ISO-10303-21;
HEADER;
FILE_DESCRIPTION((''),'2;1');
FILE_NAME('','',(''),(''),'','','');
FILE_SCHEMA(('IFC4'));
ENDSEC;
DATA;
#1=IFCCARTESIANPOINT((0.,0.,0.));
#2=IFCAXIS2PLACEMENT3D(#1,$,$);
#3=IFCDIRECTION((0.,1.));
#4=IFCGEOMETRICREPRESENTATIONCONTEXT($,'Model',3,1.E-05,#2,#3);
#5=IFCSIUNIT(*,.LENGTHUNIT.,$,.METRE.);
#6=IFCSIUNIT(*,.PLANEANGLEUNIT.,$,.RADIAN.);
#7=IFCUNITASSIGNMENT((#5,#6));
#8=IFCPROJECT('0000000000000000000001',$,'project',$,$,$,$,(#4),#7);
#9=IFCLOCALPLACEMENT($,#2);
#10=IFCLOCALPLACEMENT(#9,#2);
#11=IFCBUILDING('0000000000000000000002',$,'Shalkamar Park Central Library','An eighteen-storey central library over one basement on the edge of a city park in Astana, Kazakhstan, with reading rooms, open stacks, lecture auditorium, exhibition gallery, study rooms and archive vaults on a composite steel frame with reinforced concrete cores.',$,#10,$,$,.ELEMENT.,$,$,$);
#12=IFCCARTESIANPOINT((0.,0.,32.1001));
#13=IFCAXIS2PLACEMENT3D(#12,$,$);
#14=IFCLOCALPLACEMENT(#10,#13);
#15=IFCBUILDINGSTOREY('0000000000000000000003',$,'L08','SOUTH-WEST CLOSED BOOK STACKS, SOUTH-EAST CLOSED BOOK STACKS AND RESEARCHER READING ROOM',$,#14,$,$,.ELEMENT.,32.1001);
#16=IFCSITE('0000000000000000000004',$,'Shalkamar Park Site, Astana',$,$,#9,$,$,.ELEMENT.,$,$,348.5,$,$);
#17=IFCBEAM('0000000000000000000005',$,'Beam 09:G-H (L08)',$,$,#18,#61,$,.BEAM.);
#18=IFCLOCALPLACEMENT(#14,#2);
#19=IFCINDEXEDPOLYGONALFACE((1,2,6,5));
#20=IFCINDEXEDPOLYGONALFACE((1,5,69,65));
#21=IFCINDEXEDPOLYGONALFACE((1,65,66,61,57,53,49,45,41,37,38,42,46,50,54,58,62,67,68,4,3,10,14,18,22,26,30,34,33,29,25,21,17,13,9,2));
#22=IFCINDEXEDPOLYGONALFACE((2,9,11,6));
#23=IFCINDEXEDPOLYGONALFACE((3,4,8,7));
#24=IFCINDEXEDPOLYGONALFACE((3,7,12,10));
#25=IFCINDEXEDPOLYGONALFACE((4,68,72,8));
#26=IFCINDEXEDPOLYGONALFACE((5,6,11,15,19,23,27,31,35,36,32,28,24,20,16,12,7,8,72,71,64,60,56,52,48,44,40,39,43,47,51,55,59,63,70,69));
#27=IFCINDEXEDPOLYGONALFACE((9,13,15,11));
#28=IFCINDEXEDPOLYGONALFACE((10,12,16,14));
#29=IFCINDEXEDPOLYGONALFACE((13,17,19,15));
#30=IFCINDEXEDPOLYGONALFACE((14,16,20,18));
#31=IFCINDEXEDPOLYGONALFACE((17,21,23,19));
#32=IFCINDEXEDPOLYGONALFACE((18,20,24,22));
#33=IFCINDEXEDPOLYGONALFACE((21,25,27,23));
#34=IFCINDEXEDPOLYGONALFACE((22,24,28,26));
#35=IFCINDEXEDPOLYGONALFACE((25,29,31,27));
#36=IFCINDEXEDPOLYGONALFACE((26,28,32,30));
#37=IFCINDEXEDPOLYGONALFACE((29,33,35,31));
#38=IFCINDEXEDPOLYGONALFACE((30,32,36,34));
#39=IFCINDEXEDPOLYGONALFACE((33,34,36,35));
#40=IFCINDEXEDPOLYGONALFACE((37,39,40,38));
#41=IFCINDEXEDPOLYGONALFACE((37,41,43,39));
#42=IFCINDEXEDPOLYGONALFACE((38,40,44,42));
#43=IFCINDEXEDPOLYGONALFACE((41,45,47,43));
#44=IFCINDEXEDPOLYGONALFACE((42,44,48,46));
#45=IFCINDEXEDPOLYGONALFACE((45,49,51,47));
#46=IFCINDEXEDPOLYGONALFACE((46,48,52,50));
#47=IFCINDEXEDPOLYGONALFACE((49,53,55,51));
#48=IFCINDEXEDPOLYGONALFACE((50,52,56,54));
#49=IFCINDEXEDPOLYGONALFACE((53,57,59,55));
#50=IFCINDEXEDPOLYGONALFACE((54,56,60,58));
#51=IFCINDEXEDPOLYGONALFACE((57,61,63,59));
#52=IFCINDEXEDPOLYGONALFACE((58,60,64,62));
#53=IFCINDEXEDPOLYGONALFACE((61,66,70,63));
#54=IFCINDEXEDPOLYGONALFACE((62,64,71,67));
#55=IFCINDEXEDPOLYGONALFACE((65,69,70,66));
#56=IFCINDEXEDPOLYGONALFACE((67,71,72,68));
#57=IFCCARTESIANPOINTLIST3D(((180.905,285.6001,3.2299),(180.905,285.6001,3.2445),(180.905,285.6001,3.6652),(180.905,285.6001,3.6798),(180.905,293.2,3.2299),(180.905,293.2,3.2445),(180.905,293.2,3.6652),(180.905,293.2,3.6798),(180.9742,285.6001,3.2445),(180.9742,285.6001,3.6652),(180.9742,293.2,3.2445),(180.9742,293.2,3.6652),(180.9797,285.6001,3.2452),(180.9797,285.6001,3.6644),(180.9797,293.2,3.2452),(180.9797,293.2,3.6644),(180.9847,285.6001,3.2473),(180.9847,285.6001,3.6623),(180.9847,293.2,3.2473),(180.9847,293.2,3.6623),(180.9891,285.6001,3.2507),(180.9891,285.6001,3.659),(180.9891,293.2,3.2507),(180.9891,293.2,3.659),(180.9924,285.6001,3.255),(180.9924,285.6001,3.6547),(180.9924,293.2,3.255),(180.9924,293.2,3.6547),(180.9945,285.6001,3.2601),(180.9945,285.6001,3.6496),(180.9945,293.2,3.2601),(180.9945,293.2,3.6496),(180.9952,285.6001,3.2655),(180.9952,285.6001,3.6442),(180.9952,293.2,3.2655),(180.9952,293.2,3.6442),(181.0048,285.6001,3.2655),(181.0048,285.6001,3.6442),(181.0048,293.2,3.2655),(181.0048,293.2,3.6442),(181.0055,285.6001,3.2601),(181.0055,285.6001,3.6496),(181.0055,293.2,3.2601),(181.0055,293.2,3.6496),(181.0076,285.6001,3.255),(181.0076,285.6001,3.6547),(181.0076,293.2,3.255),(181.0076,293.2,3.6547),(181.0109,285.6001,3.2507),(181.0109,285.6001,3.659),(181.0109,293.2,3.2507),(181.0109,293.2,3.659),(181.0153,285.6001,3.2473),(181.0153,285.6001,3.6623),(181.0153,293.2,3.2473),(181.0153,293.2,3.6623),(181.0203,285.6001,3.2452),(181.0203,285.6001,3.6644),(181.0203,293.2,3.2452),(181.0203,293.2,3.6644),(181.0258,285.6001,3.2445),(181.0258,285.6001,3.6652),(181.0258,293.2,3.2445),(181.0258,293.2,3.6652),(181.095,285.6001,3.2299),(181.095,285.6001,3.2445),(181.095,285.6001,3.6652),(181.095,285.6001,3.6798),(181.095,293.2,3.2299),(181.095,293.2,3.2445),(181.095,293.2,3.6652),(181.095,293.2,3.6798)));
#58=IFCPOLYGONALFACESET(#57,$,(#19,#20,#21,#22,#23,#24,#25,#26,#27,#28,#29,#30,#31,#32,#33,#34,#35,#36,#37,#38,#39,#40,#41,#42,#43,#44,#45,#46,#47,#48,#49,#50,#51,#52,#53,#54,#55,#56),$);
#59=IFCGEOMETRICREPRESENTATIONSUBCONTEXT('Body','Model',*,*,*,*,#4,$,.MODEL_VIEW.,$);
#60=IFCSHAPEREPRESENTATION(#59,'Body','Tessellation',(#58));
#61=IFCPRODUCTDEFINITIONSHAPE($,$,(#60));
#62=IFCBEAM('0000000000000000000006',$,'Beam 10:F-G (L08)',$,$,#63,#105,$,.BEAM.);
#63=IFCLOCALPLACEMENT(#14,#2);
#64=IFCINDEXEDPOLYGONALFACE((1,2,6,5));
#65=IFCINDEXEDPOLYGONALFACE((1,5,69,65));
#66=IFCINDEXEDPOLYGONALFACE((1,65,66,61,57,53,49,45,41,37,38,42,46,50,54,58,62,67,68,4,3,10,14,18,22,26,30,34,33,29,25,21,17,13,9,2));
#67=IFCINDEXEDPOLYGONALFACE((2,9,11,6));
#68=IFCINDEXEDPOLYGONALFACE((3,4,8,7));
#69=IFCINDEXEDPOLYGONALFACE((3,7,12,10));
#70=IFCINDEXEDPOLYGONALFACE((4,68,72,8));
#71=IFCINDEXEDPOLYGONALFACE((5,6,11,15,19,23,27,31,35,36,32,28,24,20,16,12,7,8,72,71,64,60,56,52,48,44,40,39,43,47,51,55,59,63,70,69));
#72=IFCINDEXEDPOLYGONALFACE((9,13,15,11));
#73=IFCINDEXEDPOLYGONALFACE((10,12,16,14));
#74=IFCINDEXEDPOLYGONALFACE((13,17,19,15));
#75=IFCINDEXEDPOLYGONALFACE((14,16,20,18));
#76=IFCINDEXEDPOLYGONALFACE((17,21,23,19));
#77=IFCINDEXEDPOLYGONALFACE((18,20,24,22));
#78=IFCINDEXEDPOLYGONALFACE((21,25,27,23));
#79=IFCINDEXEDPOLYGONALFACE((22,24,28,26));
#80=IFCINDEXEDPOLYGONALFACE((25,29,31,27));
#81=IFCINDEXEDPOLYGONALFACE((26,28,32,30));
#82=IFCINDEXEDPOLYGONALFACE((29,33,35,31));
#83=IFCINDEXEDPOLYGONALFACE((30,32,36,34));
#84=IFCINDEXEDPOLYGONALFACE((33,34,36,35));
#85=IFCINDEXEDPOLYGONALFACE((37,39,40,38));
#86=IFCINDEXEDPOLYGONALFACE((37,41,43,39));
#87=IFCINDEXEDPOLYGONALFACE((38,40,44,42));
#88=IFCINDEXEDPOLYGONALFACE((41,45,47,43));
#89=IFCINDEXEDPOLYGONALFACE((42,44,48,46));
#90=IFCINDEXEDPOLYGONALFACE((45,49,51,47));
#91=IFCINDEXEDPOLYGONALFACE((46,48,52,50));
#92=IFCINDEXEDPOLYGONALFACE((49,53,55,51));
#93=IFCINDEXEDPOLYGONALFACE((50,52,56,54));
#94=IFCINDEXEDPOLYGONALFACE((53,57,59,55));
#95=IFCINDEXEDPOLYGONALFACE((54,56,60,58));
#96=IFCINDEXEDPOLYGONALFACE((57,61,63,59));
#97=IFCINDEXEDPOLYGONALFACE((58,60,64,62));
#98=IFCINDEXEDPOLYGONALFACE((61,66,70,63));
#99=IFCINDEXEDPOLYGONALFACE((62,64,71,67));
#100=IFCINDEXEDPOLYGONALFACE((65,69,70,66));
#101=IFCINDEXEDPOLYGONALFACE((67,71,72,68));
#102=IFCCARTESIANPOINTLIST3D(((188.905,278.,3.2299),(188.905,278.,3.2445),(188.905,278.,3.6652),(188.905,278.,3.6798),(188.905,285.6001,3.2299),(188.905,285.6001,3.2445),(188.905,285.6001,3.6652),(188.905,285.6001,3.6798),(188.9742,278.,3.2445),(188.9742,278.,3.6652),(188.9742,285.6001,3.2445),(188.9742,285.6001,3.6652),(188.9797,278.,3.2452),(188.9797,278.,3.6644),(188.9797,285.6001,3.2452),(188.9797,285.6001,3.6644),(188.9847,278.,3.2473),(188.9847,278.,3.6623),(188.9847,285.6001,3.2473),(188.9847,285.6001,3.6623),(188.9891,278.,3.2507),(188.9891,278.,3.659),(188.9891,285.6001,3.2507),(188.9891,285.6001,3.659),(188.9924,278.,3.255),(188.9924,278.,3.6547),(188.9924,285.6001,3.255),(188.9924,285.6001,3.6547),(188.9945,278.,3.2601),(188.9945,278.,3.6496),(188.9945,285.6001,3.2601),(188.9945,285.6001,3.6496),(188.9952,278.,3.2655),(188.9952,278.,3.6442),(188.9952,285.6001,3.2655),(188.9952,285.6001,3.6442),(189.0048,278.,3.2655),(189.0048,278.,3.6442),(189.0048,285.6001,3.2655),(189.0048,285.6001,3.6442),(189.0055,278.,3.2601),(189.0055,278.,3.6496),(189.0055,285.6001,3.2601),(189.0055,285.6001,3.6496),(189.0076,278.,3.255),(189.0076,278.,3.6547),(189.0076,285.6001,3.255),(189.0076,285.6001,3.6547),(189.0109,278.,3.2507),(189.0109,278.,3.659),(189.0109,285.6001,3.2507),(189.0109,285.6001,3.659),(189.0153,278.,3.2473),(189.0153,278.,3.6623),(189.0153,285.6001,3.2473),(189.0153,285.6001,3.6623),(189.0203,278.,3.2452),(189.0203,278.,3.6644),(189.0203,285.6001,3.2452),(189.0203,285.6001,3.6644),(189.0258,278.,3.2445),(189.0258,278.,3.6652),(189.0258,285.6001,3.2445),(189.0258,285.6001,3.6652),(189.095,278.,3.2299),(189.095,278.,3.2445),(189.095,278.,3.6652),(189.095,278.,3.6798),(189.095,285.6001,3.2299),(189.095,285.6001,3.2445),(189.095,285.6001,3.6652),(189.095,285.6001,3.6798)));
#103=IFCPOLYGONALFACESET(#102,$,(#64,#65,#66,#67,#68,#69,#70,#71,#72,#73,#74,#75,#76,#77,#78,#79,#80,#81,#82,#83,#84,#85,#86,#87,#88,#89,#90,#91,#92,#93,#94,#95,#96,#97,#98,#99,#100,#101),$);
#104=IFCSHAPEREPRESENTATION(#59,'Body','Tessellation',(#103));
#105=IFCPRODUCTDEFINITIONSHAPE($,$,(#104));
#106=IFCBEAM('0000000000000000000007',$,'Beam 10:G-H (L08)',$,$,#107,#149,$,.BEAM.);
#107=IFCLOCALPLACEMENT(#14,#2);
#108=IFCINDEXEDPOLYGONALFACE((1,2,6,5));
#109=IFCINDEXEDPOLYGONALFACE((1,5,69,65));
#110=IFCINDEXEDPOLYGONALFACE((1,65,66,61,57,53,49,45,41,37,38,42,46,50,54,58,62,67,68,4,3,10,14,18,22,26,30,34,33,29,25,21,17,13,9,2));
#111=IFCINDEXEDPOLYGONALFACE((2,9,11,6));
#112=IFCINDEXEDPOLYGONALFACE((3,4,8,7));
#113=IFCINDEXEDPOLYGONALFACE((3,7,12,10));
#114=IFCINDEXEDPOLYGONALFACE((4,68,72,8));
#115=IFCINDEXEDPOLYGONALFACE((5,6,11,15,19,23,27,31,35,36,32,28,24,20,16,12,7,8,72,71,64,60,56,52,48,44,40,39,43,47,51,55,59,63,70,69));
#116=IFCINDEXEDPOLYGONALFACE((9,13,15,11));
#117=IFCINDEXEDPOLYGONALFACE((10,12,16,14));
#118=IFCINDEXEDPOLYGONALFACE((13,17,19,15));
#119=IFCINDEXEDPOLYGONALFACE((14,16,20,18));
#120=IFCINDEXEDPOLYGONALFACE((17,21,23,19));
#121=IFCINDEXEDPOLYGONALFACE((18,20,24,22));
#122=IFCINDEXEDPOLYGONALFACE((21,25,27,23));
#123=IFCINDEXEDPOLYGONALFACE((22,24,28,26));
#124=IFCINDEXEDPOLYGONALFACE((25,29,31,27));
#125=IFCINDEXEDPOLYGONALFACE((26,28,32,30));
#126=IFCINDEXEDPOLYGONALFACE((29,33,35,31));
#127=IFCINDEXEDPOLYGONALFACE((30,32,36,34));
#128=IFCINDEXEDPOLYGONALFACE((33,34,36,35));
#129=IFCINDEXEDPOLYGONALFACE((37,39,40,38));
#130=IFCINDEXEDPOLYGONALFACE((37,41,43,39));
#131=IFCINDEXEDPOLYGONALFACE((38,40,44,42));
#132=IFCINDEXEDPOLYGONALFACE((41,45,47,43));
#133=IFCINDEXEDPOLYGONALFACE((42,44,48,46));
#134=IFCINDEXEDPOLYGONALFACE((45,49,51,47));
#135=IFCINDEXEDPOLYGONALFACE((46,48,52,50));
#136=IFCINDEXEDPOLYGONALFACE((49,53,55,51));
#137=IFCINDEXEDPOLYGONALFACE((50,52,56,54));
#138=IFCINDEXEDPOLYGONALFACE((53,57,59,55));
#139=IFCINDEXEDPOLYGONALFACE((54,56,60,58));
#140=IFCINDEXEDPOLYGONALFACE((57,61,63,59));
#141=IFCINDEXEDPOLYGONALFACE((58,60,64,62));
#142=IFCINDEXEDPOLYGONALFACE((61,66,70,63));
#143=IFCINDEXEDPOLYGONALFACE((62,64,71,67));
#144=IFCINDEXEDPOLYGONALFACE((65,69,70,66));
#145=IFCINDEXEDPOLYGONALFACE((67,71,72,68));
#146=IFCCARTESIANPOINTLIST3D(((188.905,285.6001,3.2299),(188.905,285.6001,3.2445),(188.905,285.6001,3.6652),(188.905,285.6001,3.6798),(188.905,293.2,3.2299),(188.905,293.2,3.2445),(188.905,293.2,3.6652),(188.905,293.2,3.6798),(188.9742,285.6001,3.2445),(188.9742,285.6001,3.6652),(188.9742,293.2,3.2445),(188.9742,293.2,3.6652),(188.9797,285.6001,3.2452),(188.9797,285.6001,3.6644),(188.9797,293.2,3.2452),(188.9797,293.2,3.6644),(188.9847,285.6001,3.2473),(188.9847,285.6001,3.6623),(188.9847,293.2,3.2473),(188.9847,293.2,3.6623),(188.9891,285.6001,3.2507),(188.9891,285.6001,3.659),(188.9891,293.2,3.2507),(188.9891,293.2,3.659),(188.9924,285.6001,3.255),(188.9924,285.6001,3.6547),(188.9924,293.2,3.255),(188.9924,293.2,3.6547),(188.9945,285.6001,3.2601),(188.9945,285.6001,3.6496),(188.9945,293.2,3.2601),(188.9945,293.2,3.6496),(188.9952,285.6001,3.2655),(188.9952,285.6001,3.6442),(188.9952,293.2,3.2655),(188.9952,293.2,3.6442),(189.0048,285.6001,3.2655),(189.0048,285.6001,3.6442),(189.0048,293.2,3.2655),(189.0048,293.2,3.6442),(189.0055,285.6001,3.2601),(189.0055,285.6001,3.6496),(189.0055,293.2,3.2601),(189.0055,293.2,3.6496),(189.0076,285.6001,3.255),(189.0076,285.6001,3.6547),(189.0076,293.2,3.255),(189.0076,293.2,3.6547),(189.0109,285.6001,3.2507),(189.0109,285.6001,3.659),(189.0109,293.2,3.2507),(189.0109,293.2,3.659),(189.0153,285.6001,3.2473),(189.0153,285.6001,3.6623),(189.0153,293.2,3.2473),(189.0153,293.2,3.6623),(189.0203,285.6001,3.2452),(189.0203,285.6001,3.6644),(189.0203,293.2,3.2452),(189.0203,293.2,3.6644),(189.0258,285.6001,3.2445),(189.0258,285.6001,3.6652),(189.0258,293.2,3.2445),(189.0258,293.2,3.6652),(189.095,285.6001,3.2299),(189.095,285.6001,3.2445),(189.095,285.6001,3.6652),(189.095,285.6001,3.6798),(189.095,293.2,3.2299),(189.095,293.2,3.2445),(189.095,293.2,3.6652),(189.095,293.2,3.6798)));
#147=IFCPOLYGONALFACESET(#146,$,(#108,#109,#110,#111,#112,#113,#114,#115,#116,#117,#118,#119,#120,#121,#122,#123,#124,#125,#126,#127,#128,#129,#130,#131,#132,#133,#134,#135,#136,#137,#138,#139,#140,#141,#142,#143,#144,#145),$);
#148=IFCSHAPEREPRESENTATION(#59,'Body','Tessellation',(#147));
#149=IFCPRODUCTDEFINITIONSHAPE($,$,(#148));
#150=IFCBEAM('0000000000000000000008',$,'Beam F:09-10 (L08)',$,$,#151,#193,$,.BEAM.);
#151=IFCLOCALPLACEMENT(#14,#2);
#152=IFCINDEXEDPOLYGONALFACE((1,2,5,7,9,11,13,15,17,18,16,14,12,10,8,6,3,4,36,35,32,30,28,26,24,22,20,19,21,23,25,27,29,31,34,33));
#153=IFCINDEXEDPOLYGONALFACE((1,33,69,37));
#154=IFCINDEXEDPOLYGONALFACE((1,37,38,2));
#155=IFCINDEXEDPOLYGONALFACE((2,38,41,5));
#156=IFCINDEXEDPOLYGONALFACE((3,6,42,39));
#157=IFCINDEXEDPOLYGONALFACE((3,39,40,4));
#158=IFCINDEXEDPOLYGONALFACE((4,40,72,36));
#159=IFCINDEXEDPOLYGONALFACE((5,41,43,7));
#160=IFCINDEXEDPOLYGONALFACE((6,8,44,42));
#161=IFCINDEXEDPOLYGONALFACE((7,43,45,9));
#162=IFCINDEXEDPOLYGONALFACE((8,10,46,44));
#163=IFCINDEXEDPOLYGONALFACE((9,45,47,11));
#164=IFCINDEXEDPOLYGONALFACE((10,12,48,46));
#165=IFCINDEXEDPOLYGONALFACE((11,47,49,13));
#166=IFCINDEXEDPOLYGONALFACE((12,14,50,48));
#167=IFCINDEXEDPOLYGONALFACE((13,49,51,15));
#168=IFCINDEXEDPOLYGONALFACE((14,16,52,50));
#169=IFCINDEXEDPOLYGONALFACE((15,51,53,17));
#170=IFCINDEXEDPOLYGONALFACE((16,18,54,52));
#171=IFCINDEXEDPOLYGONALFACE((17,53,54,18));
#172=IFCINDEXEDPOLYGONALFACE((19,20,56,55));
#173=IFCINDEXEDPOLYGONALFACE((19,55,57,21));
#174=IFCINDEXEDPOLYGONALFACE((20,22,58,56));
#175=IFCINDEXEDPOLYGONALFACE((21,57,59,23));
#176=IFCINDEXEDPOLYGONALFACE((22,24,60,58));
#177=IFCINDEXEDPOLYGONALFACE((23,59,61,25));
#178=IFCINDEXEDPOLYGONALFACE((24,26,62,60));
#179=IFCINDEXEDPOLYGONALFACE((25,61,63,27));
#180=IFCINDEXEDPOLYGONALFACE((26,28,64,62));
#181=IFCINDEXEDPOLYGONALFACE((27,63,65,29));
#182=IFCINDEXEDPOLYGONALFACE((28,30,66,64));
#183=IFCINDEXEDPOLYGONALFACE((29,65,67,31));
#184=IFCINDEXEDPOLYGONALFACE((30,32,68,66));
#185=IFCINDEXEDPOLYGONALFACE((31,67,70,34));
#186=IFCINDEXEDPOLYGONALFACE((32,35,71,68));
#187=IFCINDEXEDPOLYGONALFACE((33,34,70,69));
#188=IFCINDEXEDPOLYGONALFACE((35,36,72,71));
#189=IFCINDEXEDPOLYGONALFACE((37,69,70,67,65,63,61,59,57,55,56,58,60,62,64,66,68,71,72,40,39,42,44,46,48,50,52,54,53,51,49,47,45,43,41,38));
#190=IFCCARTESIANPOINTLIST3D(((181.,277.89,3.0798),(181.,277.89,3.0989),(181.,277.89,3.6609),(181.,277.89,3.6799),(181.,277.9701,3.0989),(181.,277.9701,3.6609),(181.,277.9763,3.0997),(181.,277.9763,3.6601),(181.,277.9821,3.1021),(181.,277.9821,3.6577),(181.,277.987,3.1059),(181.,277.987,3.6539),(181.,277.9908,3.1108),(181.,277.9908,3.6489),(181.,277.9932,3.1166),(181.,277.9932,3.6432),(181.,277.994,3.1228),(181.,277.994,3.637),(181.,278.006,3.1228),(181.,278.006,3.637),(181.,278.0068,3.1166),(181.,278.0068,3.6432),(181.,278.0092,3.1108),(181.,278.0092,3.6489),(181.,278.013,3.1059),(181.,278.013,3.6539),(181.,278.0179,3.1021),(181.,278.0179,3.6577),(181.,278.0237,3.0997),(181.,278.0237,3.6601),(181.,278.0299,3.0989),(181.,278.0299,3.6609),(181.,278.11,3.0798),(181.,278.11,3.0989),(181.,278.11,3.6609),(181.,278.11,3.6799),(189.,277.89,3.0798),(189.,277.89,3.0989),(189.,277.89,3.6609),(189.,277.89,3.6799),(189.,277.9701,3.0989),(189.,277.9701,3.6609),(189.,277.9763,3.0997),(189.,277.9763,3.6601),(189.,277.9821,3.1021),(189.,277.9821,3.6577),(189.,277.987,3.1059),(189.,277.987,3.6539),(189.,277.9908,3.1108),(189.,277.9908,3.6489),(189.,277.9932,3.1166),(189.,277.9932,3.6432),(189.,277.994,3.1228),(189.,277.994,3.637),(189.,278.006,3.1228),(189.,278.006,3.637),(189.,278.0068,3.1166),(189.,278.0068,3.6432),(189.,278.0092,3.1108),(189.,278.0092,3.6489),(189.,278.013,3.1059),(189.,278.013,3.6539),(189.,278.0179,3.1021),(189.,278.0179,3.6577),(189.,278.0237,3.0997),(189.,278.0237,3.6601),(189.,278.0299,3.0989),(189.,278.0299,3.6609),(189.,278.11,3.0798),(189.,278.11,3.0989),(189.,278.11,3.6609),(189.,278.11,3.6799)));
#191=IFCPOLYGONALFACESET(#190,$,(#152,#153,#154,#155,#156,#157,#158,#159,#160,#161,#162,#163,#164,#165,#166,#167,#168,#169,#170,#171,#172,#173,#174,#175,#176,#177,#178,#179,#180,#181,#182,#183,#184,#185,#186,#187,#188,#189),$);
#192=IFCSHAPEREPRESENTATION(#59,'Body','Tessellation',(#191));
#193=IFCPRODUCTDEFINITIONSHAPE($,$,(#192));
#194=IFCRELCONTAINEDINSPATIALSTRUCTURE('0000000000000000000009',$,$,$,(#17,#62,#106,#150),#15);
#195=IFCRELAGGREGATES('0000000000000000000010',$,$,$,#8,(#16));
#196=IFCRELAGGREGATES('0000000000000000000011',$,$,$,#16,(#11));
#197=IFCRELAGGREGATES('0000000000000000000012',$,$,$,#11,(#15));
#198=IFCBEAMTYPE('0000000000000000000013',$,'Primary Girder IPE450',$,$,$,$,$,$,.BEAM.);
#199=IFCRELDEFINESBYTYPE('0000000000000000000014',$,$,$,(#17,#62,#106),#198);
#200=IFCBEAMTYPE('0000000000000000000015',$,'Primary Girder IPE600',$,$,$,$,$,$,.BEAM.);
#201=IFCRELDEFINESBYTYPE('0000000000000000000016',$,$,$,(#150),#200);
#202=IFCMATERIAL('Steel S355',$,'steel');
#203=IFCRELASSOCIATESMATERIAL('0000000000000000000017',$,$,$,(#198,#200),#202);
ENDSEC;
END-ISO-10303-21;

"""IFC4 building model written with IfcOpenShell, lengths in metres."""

from ifc_helpers import new_model, si_unit, direction, frame, origin, origin_2d, place, context, subcontext, project, spatial, i_section, extrude, material, material_profile, profile_set, type_object, element, save


model = new_model("IFC4")

# Units and contexts
model_context = context("Model", 3, precision=1e-05, world=origin(), true_north=direction((0.0, 1.0)))
body_context = subcontext(model_context, "Body", "Model", "MODEL_VIEW")
ifc_project = project(units=[si_unit("LENGTHUNIT", "METRE"), si_unit("PLANEANGLEUNIT", "RADIAN")], contexts=[model_context])

# Site, building, storey
site_placement = place(None, origin())
site = spatial("IfcSite", under=ifc_project, at=site_placement, Name="Shalkamar Park Site, Astana", CompositionType="ELEMENT", RefElevation=348.5)
building_placement = place(site_placement, origin())
building = spatial("IfcBuilding", under=site, at=building_placement, Name="Shalkamar Park Central Library", Description="An eighteen-storey central library over one basement on the edge of a city park in Astana, Kazakhstan, with reading rooms, open stacks, lecture auditorium, exhibition gallery, study rooms and archive vaults on a composite steel frame with reinforced concrete cores.", CompositionType="ELEMENT")
storey_placement = place(building_placement, frame((0.0, 0.0, 32.1001)))
storey = spatial("IfcBuildingStorey", under=building, at=storey_placement, Name="L08", Description="SOUTH-WEST CLOSED BOOK STACKS, SOUTH-EAST CLOSED BOOK STACKS AND RESEARCHER READING ROOM", CompositionType="ELEMENT", Elevation=32.1001)

# Shared definitions
ifc_material_1 = material(Name="Steel S355", Category="steel")

# Beams
ifc_material_profile_1 = material_profile(ifc_material_1, i_section(OverallWidth=0.1899, OverallDepth=0.45, WebThickness=0.0095, FlangeThickness=0.0146, FilletRadius=0.021, at=origin_2d()), Name="IPE 450")
ifc_profile_set_1 = profile_set([ifc_material_profile_1], Name="Steel S355")
beam_type_1 = type_object("IfcBeamType", Name="Primary Girder IPE450", PredefinedType="BEAM", material=ifc_profile_set_1)
beam_1_placement = place(storey_placement, frame((181.0, 285.6001, 3.4548), z_axis=(0.0, 1.0, 0.0), x_axis=(-1.0, 0.0, 0.0)))
element("IfcBeam", 1, at=beam_1_placement, inside=storey, type_object=beam_type_1, Name="Beam 09:G-H (L08)", PredefinedType="BEAM", context=body_context, shape_type="SweptSolid", body=[
    extrude(i_section(OverallWidth=0.1899, OverallDepth=0.45, WebThickness=0.0095, FlangeThickness=0.0146, FilletRadius=0.021, at=origin_2d()), origin(), (0.0, 0.0, 1.0), 7.5999),
])
beam_2_placement = place(storey_placement, frame((189.0, 278.0, 3.4548), z_axis=(0.0, 1.0, 0.0), x_axis=(-1.0, 0.0, 0.0)))
element("IfcBeam", 2, at=beam_2_placement, inside=storey, type_object=beam_type_1, Name="Beam 10:F-G (L08)", PredefinedType="BEAM", context=body_context, shape_type="SweptSolid", body=[
    extrude(i_section(OverallWidth=0.1899, OverallDepth=0.45, WebThickness=0.0095, FlangeThickness=0.0146, FilletRadius=0.021, at=origin_2d()), origin(), (0.0, 0.0, 1.0), 7.6001),
])
beam_3_placement = place(storey_placement, frame((189.0, 285.6001, 3.4548), z_axis=(0.0, 1.0, 0.0), x_axis=(-1.0, 0.0, 0.0)))
element("IfcBeam", 3, at=beam_3_placement, inside=storey, type_object=beam_type_1, Name="Beam 10:G-H (L08)", PredefinedType="BEAM", context=body_context, shape_type="SweptSolid", body=[
    extrude(i_section(OverallWidth=0.1899, OverallDepth=0.45, WebThickness=0.0095, FlangeThickness=0.0146, FilletRadius=0.021, at=origin_2d()), origin(), (0.0, 0.0, 1.0), 7.5999),
])
ifc_material_profile_2 = material_profile(ifc_material_1, i_section(OverallWidth=0.22, OverallDepth=0.6001, WebThickness=0.012, FlangeThickness=0.019, FilletRadius=0.0239, at=origin_2d()), Name="IPE 600")
ifc_profile_set_2 = profile_set([ifc_material_profile_2], Name="Steel S355")
beam_type_2 = type_object("IfcBeamType", Name="Primary Girder IPE600", PredefinedType="BEAM", material=ifc_profile_set_2)
for number, where, z_axis, x_axis, name in (
    (4, (181.0, 278.0, 3.3799), (1.0, 0.0, 0.0), (0.0, 1.0, 0.0), "Beam F:09-10 (L08)"),
):
    element("IfcBeam", number, at=place(storey_placement, frame(where, z_axis=z_axis, x_axis=x_axis)), inside=storey, type_object=beam_type_2, Name=name, PredefinedType="BEAM", context=body_context, shape_type="SweptSolid", body=[
        extrude(i_section(OverallWidth=0.22, OverallDepth=0.6001, WebThickness=0.012, FlangeThickness=0.019, FilletRadius=0.0239, at=origin_2d()), origin(), (0.0, 0.0, 1.0), 8.0),
    ])

save(model, "model.ifc")
